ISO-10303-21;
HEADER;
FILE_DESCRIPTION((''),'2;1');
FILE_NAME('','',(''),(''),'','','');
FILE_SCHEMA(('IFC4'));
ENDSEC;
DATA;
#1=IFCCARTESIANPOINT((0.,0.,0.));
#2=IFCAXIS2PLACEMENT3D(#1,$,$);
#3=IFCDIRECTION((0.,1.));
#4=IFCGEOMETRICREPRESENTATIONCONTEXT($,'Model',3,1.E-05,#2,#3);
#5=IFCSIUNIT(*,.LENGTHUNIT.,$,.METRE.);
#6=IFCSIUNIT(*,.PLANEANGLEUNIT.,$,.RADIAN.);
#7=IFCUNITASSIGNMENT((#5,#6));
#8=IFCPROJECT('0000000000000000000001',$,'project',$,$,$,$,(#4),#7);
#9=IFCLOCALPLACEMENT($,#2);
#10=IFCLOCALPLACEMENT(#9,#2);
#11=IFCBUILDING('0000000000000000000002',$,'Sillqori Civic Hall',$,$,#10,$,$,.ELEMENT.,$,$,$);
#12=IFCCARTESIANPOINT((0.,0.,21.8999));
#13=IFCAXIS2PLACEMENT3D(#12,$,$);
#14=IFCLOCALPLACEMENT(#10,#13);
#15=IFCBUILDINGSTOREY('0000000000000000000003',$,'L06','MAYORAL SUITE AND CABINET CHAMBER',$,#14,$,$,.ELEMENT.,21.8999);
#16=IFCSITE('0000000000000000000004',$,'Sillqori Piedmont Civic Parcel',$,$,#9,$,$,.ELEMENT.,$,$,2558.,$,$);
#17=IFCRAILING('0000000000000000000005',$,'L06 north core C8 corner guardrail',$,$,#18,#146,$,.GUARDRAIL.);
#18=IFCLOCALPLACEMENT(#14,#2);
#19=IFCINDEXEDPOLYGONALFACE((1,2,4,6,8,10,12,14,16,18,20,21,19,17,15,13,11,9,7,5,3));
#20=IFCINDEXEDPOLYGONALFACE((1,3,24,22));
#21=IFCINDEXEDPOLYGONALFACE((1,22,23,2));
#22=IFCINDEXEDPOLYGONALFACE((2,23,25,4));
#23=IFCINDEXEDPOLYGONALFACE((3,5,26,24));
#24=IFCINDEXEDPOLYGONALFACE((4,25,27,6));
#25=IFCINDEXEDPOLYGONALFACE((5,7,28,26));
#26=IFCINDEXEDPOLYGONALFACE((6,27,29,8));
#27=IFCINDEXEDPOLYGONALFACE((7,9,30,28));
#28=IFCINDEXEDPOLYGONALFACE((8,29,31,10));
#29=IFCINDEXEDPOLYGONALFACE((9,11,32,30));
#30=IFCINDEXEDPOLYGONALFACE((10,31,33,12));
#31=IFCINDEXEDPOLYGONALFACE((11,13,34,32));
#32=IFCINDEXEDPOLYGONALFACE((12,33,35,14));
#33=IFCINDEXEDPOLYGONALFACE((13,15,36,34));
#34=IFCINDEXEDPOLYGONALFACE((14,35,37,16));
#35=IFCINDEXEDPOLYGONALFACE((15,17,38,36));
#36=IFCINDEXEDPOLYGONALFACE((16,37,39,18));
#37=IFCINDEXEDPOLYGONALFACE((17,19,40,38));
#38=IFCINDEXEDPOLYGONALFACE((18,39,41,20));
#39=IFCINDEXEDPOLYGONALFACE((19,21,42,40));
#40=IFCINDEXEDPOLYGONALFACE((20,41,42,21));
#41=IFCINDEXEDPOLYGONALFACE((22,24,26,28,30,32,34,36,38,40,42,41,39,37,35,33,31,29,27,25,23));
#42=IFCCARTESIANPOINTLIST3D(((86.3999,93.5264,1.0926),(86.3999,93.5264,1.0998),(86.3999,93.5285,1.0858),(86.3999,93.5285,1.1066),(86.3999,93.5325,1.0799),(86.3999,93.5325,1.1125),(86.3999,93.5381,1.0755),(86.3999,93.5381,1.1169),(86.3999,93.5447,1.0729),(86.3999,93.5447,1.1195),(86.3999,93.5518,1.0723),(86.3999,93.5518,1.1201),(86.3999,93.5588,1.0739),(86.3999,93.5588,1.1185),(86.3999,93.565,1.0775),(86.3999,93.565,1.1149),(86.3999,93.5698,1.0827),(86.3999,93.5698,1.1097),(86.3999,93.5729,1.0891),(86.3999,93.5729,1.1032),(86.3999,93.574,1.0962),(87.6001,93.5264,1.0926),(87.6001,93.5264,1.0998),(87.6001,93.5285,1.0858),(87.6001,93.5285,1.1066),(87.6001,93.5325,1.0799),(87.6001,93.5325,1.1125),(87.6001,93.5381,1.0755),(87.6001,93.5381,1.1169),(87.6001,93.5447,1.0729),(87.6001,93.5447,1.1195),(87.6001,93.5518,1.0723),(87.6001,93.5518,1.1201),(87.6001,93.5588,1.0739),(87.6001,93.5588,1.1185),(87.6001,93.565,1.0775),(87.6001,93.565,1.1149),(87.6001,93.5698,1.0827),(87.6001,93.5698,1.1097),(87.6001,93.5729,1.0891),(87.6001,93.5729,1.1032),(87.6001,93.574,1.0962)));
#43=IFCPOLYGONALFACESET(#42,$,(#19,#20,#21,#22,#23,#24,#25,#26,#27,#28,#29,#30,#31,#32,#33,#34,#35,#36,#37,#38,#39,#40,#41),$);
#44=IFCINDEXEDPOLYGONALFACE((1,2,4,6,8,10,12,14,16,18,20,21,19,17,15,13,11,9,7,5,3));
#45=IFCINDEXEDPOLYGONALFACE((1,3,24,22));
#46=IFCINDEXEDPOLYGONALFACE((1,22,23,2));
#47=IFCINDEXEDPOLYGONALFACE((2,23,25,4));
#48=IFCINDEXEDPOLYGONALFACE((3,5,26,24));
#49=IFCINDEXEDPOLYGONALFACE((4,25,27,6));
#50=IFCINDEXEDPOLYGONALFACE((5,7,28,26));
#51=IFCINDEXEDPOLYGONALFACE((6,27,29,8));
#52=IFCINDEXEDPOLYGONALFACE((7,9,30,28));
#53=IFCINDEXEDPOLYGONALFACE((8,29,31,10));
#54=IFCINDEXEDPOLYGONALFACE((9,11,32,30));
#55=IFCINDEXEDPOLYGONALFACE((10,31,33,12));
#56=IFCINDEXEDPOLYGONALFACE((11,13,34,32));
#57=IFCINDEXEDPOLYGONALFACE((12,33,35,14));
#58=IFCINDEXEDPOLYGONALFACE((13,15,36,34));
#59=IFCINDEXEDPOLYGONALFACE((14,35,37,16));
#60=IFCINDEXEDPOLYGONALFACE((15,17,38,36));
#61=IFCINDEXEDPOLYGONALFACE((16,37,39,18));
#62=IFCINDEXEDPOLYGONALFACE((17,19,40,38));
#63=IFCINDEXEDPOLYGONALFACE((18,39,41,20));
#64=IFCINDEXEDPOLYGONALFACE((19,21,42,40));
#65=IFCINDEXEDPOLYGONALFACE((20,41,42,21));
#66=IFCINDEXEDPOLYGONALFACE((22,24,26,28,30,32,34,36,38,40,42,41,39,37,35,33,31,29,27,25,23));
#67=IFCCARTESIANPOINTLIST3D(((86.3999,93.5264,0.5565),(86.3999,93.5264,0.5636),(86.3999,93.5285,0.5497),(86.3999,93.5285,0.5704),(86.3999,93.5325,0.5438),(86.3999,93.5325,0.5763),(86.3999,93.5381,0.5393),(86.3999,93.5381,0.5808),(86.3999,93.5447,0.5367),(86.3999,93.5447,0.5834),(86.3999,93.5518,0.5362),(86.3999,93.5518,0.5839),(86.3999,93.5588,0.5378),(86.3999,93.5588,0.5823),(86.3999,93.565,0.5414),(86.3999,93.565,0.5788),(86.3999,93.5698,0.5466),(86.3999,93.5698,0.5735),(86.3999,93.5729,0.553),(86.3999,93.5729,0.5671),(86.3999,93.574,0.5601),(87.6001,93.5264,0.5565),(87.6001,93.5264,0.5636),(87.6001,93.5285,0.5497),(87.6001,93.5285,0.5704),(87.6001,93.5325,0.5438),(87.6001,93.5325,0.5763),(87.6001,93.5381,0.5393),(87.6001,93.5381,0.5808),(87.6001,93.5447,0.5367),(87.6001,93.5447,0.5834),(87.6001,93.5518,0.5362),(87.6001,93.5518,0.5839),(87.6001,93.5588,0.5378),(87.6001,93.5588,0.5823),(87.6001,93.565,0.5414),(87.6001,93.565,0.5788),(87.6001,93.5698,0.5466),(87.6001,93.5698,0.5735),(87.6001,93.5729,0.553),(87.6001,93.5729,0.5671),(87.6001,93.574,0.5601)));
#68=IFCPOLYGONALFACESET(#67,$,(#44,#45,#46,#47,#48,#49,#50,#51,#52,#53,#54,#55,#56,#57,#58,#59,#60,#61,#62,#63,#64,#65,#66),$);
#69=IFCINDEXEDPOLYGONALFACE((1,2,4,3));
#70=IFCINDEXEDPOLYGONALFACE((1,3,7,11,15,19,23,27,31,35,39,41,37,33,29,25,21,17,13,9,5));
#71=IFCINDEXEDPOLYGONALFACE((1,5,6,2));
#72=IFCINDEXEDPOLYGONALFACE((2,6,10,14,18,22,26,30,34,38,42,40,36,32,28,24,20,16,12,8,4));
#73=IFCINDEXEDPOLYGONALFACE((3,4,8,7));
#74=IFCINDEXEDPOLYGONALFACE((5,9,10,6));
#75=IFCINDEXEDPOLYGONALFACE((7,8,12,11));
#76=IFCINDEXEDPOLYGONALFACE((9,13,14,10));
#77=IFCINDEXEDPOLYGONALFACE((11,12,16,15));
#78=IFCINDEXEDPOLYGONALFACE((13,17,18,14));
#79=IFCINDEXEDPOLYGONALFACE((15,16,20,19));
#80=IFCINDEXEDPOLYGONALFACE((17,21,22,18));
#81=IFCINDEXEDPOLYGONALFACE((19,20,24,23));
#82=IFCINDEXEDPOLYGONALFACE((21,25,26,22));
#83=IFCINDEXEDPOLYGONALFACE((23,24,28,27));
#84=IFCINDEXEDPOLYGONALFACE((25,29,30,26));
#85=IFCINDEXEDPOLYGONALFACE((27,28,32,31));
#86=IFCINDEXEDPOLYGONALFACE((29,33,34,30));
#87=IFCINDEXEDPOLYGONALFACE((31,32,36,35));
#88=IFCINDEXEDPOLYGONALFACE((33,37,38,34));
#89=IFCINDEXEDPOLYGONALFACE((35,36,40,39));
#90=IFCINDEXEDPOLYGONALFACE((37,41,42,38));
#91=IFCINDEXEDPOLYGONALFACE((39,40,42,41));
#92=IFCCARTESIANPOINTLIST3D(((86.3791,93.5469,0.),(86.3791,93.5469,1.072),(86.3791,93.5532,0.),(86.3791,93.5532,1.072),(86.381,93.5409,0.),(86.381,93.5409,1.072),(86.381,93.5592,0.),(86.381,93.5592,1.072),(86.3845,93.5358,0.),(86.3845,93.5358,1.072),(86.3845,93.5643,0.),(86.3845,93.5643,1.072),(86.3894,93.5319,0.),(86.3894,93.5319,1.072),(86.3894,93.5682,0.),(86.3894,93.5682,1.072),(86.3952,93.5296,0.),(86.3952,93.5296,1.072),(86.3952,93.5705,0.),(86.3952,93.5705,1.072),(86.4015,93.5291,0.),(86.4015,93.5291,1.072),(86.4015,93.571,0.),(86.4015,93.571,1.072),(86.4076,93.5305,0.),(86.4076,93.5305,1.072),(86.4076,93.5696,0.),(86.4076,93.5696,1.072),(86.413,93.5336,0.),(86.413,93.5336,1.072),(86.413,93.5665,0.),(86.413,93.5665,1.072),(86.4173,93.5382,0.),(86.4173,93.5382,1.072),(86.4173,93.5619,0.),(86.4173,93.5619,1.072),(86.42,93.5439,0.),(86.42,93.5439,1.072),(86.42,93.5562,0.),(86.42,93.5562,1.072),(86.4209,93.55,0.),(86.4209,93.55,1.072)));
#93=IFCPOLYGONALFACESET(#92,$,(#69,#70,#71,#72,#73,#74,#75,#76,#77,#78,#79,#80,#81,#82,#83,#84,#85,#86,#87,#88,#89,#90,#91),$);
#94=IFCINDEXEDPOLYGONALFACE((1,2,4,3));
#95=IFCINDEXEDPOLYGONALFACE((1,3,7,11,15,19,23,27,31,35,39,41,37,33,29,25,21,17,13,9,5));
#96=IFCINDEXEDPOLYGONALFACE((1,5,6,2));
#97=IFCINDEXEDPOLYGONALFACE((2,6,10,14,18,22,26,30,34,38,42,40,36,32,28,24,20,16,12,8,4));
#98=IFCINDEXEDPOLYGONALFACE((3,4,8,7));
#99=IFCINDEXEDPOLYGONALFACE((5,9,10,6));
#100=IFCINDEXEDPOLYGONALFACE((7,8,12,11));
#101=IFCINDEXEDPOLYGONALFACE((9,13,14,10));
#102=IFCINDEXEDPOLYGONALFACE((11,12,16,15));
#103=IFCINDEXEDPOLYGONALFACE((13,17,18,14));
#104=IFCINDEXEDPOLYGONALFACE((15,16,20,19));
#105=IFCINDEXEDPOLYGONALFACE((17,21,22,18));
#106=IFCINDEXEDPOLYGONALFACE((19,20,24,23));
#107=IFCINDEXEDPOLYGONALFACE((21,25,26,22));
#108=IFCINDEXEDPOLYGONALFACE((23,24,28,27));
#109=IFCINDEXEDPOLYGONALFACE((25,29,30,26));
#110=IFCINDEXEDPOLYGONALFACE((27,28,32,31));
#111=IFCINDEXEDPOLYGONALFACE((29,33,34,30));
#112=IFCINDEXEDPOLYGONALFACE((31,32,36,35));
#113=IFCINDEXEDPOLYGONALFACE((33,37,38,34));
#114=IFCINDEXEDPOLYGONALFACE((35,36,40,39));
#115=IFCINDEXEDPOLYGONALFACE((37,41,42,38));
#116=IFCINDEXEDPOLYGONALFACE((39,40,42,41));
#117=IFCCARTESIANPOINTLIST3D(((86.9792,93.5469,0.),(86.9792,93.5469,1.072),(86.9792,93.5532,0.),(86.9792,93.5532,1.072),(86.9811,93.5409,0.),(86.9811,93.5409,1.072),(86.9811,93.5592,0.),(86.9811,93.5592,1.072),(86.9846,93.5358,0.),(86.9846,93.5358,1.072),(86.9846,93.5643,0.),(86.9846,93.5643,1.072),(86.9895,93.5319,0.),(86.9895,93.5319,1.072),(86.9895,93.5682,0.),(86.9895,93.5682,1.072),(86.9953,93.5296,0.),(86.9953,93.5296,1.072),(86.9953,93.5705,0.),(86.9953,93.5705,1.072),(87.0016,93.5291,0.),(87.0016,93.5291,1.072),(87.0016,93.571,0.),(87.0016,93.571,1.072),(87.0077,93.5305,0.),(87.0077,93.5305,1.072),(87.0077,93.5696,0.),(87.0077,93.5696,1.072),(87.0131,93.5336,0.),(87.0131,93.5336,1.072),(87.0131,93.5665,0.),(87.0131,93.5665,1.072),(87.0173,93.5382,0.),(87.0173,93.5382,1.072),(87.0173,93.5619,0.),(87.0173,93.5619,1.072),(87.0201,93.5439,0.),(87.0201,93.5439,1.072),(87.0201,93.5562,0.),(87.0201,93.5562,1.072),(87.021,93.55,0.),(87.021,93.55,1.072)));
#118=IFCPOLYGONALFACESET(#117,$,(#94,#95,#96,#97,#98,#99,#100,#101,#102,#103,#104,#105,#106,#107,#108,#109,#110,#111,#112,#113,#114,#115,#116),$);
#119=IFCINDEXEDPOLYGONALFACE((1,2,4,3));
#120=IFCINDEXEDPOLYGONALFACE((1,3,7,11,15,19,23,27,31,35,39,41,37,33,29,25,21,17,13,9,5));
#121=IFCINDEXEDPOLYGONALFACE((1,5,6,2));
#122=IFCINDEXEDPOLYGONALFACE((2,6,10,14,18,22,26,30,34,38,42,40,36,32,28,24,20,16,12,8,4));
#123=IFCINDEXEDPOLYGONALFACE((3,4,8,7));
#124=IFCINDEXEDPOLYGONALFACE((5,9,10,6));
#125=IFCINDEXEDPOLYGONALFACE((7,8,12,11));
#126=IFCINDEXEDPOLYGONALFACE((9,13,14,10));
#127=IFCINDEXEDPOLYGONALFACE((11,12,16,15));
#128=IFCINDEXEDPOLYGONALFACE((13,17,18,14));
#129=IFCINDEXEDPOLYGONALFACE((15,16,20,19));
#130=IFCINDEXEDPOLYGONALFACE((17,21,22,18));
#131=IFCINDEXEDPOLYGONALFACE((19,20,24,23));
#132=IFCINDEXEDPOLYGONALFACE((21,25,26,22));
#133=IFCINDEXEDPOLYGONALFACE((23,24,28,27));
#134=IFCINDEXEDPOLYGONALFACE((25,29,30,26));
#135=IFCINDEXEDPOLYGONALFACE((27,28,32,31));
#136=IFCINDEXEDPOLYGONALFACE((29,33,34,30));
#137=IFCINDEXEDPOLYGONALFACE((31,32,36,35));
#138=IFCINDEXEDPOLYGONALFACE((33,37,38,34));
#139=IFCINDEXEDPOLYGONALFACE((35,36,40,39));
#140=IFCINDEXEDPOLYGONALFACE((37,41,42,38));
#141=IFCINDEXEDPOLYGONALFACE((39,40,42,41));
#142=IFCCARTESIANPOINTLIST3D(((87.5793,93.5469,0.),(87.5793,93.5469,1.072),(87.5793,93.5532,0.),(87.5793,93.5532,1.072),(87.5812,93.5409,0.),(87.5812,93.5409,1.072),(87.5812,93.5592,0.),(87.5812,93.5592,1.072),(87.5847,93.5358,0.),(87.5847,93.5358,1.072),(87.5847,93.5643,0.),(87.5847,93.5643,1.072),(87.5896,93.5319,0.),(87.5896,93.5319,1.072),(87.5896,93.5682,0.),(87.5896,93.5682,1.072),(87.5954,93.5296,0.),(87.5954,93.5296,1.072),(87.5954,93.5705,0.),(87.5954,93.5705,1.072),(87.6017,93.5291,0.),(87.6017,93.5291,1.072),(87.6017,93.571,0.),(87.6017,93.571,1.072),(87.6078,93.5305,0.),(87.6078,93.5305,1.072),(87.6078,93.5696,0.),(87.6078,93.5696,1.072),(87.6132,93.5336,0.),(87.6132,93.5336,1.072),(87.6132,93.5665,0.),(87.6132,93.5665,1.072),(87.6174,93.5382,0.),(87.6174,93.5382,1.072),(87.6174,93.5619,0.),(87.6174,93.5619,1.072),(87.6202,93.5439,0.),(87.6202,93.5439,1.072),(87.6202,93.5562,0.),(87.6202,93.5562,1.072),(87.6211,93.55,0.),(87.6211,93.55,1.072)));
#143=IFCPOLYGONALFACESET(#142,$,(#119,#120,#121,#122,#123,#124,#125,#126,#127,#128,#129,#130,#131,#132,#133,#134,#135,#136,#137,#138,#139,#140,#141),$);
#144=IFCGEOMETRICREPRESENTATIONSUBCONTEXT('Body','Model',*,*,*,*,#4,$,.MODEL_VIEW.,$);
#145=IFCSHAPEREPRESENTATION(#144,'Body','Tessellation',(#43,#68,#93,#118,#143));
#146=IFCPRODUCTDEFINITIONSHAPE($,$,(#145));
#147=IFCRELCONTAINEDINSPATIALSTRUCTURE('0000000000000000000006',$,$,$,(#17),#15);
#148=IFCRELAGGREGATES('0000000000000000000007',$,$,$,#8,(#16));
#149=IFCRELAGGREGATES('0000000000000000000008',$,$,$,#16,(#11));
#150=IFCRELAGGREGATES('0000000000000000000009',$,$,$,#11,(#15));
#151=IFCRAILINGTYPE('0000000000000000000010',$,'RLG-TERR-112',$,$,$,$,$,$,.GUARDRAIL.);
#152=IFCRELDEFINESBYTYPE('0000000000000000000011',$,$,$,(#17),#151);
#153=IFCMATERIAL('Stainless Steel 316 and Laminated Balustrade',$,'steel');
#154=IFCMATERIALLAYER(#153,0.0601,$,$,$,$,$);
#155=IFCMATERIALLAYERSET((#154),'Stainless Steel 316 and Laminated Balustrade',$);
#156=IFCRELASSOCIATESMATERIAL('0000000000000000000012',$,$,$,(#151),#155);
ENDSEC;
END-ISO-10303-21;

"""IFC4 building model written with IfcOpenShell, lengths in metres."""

from ifc_helpers import new_model, si_unit, direction, frame, origin, origin_2d, place, context, subcontext, project, spatial, circle, extrude, material, layer, layer_set, type_object, element, save


model = new_model("IFC4")

# Units and contexts
model_context = context("Model", 3, precision=1e-05, world=origin(), true_north=direction((0.0, 1.0)))
body_context = subcontext(model_context, "Body", "Model", "MODEL_VIEW")
ifc_project = project(units=[si_unit("LENGTHUNIT", "METRE"), si_unit("PLANEANGLEUNIT", "RADIAN")], contexts=[model_context])

# Site, building, storey
site_placement = place(None, origin())
site = spatial("IfcSite", under=ifc_project, at=site_placement, Name="Sillqori Piedmont Civic Parcel", CompositionType="ELEMENT", RefElevation=2558.0)
building_placement = place(site_placement, origin())
building = spatial("IfcBuilding", under=site, at=building_placement, Name="Sillqori Civic Hall", CompositionType="ELEMENT")
storey_placement = place(building_placement, frame((0.0, 0.0, 21.8999)))
storey = spatial("IfcBuildingStorey", under=building, at=storey_placement, Name="L06", Description="MAYORAL SUITE AND CABINET CHAMBER", CompositionType="ELEMENT", Elevation=21.8999)

# Railing
ifc_material_1 = material(Name="Stainless Steel 316 and Laminated Balustrade", Category="steel")
ifc_layer_1 = layer(ifc_material_1, 0.0601)
ifc_layer_set_1 = layer_set([ifc_layer_1], Name="Stainless Steel 316 and Laminated Balustrade")
railing_type_1 = type_object("IfcRailingType", Name="RLG-TERR-112", PredefinedType="GUARDRAIL", material=ifc_layer_set_1)
railing_1_placement = place(storey_placement, frame((86.3999, 93.55, 0.0)))
element("IfcRailing", 1, at=railing_1_placement, inside=storey, type_object=railing_type_1, Name="L06 north core C8 corner guardrail", PredefinedType="GUARDRAIL", context=body_context, shape_type="SweptSolid", body=[
    extrude(circle(Radius=0.0239, at=origin_2d()), frame((0.0, 0.0, 1.0962), z_axis=(1.0, 0.0, 0.0), x_axis=(0.0, 1.0, 0.0)), (0.0, 0.0, 1.0), 1.2002),
    extrude(circle(Radius=0.0239, at=origin_2d()), frame((0.0, 0.0, 0.5601), z_axis=(1.0, 0.0, 0.0), x_axis=(0.0, 1.0, 0.0)), (0.0, 0.0, 1.0), 1.2002),
    extrude(circle(Radius=0.021, at=origin_2d()), origin(), (0.0, 0.0, 1.0), 1.072),
    extrude(circle(Radius=0.021, at=origin_2d()), frame((0.6001, 0.0, 0.0)), (0.0, 0.0, 1.0), 1.072),
    extrude(circle(Radius=0.021, at=origin_2d()), frame((1.2002, 0.0, 0.0)), (0.0, 0.0, 1.0), 1.072),
])

save(model, "model.ifc")
